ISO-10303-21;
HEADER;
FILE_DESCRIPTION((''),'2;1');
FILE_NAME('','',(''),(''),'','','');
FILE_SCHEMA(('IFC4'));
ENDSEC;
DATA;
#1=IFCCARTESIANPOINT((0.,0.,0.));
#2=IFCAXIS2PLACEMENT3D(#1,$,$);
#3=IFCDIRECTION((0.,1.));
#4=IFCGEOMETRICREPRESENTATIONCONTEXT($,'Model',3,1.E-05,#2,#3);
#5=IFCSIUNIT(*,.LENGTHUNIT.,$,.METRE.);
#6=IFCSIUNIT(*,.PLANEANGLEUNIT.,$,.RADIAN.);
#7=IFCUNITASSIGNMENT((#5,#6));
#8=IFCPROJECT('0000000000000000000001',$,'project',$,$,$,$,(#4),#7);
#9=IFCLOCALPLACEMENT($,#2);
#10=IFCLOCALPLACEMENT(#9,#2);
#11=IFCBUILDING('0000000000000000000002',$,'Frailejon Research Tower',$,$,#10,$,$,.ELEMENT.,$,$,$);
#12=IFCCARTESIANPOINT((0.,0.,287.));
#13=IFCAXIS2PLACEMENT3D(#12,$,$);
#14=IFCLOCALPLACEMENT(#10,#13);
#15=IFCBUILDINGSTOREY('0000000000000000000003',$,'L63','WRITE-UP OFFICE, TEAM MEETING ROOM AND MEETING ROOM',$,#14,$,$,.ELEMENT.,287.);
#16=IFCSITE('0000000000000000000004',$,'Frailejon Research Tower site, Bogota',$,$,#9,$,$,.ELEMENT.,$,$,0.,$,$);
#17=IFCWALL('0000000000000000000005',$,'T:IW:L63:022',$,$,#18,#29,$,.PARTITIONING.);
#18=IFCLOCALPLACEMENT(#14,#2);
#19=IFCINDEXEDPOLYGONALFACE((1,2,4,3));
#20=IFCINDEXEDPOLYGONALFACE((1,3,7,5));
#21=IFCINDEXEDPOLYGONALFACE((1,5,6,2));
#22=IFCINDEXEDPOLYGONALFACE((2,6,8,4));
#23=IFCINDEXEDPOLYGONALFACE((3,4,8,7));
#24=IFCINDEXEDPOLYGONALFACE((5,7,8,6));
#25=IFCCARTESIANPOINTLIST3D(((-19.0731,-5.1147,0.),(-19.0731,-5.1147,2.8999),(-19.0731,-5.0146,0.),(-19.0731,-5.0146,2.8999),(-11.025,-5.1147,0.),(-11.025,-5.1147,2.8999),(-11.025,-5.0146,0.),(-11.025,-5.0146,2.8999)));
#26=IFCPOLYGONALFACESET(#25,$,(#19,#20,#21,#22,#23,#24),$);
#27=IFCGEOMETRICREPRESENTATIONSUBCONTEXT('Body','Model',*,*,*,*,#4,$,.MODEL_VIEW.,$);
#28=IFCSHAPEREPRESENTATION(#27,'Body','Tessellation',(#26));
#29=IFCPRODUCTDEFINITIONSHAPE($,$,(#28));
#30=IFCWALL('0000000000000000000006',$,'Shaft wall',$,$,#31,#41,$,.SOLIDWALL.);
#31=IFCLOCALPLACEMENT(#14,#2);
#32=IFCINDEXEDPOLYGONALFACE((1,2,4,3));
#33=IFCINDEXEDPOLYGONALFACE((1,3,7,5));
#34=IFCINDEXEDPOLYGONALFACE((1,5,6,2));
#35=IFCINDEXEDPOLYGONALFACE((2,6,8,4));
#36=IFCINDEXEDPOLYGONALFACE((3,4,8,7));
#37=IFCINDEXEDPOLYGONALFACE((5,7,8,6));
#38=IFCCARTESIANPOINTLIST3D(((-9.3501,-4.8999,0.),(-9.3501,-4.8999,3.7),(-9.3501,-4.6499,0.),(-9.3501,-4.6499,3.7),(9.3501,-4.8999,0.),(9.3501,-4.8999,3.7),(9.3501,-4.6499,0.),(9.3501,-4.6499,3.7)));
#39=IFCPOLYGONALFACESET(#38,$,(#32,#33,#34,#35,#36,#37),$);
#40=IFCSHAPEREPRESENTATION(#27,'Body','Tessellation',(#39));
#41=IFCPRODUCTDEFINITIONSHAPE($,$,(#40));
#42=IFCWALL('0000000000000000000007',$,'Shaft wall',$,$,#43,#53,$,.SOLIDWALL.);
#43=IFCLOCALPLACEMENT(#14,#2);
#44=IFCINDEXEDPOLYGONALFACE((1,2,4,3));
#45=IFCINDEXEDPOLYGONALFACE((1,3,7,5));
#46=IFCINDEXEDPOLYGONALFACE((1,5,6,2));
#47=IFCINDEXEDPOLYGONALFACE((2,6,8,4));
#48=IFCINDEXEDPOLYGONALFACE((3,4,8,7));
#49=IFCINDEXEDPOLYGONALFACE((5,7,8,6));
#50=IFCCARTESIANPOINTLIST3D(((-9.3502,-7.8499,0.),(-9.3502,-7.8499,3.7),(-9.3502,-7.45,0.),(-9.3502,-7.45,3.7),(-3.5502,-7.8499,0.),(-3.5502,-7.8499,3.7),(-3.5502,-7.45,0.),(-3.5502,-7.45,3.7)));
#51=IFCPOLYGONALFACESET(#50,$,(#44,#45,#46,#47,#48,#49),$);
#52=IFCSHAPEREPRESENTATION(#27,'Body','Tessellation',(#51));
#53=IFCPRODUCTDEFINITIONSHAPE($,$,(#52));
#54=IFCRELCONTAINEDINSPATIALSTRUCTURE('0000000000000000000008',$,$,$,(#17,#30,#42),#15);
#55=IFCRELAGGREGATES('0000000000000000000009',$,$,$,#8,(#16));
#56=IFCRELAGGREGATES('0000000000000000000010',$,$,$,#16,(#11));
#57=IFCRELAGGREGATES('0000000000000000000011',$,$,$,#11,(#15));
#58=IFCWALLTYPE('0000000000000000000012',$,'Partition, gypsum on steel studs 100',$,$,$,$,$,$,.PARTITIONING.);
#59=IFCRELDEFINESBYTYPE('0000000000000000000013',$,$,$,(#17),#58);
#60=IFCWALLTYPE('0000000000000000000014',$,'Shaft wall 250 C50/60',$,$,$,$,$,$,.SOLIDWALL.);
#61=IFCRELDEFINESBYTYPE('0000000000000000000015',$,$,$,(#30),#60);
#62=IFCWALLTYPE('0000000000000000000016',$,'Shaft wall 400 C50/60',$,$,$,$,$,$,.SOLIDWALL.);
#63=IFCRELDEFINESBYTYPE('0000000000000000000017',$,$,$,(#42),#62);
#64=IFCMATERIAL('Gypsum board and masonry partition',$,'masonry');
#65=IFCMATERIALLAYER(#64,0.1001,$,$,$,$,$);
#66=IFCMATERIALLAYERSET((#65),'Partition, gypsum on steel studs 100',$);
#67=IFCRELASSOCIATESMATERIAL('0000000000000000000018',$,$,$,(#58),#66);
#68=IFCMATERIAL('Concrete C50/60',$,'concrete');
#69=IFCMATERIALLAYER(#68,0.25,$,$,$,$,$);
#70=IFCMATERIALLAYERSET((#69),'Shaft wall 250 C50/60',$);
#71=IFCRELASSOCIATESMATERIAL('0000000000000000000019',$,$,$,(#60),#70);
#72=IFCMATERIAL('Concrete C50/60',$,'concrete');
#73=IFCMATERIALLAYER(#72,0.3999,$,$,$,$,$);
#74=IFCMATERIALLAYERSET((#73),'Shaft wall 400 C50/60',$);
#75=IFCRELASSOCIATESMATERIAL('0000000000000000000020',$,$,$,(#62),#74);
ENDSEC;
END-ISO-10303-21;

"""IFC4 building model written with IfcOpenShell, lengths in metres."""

from ifc_helpers import new_model, si_unit, direction, frame, frame_2d, origin, place, context, subcontext, project, spatial, rectangle, extrude, material, layer, layer_set, type_object, element, save


model = new_model("IFC4")

# Units and contexts
model_context = context("Model", 3, precision=1e-05, world=origin(), true_north=direction((0.0, 1.0)))
body_context = subcontext(model_context, "Body", "Model", "MODEL_VIEW")
ifc_project = project(units=[si_unit("LENGTHUNIT", "METRE"), si_unit("PLANEANGLEUNIT", "RADIAN")], contexts=[model_context])

# Site, building, storey
site_placement = place(None, origin())
site = spatial("IfcSite", under=ifc_project, at=site_placement, Name="Frailejon Research Tower site, Bogota", CompositionType="ELEMENT", RefElevation=0.0)
building_placement = place(site_placement, origin())
building = spatial("IfcBuilding", under=site, at=building_placement, Name="Frailejon Research Tower", CompositionType="ELEMENT")
storey_placement = place(building_placement, frame((0.0, 0.0, 287.0)))
storey = spatial("IfcBuildingStorey", under=building, at=storey_placement, Name="L63", Description="WRITE-UP OFFICE, TEAM MEETING ROOM AND MEETING ROOM", CompositionType="ELEMENT", Elevation=287.0)

# Walls
ifc_material_1 = material(Name="Gypsum board and masonry partition", Category="masonry")
ifc_layer_1 = layer(ifc_material_1, 0.1001)
ifc_layer_set_1 = layer_set([ifc_layer_1], Name="Partition, gypsum on steel studs 100")
wall_type_1 = type_object("IfcWallType", Name="Partition, gypsum on steel studs 100", PredefinedType="PARTITIONING", material=ifc_layer_set_1)
wall_1_placement = place(storey_placement, frame((-19.073, -5.0647, 0.0), z_axis=(0.0, 0.0, 1.0), x_axis=(1.0, 0.0, 0.0)))
element("IfcWall", 1, at=wall_1_placement, inside=storey, type_object=wall_type_1, Name="T:IW:L63:022", PredefinedType="PARTITIONING", context=body_context, shape_type="SweptSolid", body=[
    extrude(rectangle(XDim=8.0481, YDim=0.1001, at=frame_2d((4.0239, 0.0))), origin(), (0.0, 0.0, 1.0), 2.8999),
])
ifc_material_2 = material(Name="Concrete C50/60", Category="concrete")
ifc_layer_2 = layer(ifc_material_2, 0.25)
ifc_layer_set_2 = layer_set([ifc_layer_2], Name="Shaft wall 250 C50/60")
wall_type_2 = type_object("IfcWallType", Name="Shaft wall 250 C50/60", PredefinedType="SOLIDWALL", material=ifc_layer_set_2)
wall_2_placement = place(storey_placement, frame((-9.3501, -4.7749, 0.0), z_axis=(0.0, 0.0, 1.0), x_axis=(1.0, 0.0, 0.0)))
element("IfcWall", 2, at=wall_2_placement, inside=storey, type_object=wall_type_2, Name="Shaft wall", PredefinedType="SOLIDWALL", context=body_context, shape_type="SweptSolid", body=[
    extrude(rectangle(XDim=18.7002, YDim=0.25, at=frame_2d((9.3501, 0.0))), origin(), (0.0, 0.0, 1.0), 3.7),
])
ifc_material_3 = material(Name="Concrete C50/60", Category="concrete")
ifc_layer_3 = layer(ifc_material_3, 0.3999)
ifc_layer_set_3 = layer_set([ifc_layer_3], Name="Shaft wall 400 C50/60")
wall_type_3 = type_object("IfcWallType", Name="Shaft wall 400 C50/60", PredefinedType="SOLIDWALL", material=ifc_layer_set_3)
wall_3_placement = place(storey_placement, frame((-9.3501, -7.6499, 0.0), z_axis=(0.0, 0.0, 1.0), x_axis=(1.0, 0.0, 0.0)))
element("IfcWall", 3, at=wall_3_placement, inside=storey, type_object=wall_type_3, Name="Shaft wall", PredefinedType="SOLIDWALL", context=body_context, shape_type="SweptSolid", body=[
    extrude(rectangle(XDim=5.8, YDim=0.3999, at=frame_2d((2.8999, 0.0))), origin(), (0.0, 0.0, 1.0), 3.7),
])

save(model, "model.ifc")
